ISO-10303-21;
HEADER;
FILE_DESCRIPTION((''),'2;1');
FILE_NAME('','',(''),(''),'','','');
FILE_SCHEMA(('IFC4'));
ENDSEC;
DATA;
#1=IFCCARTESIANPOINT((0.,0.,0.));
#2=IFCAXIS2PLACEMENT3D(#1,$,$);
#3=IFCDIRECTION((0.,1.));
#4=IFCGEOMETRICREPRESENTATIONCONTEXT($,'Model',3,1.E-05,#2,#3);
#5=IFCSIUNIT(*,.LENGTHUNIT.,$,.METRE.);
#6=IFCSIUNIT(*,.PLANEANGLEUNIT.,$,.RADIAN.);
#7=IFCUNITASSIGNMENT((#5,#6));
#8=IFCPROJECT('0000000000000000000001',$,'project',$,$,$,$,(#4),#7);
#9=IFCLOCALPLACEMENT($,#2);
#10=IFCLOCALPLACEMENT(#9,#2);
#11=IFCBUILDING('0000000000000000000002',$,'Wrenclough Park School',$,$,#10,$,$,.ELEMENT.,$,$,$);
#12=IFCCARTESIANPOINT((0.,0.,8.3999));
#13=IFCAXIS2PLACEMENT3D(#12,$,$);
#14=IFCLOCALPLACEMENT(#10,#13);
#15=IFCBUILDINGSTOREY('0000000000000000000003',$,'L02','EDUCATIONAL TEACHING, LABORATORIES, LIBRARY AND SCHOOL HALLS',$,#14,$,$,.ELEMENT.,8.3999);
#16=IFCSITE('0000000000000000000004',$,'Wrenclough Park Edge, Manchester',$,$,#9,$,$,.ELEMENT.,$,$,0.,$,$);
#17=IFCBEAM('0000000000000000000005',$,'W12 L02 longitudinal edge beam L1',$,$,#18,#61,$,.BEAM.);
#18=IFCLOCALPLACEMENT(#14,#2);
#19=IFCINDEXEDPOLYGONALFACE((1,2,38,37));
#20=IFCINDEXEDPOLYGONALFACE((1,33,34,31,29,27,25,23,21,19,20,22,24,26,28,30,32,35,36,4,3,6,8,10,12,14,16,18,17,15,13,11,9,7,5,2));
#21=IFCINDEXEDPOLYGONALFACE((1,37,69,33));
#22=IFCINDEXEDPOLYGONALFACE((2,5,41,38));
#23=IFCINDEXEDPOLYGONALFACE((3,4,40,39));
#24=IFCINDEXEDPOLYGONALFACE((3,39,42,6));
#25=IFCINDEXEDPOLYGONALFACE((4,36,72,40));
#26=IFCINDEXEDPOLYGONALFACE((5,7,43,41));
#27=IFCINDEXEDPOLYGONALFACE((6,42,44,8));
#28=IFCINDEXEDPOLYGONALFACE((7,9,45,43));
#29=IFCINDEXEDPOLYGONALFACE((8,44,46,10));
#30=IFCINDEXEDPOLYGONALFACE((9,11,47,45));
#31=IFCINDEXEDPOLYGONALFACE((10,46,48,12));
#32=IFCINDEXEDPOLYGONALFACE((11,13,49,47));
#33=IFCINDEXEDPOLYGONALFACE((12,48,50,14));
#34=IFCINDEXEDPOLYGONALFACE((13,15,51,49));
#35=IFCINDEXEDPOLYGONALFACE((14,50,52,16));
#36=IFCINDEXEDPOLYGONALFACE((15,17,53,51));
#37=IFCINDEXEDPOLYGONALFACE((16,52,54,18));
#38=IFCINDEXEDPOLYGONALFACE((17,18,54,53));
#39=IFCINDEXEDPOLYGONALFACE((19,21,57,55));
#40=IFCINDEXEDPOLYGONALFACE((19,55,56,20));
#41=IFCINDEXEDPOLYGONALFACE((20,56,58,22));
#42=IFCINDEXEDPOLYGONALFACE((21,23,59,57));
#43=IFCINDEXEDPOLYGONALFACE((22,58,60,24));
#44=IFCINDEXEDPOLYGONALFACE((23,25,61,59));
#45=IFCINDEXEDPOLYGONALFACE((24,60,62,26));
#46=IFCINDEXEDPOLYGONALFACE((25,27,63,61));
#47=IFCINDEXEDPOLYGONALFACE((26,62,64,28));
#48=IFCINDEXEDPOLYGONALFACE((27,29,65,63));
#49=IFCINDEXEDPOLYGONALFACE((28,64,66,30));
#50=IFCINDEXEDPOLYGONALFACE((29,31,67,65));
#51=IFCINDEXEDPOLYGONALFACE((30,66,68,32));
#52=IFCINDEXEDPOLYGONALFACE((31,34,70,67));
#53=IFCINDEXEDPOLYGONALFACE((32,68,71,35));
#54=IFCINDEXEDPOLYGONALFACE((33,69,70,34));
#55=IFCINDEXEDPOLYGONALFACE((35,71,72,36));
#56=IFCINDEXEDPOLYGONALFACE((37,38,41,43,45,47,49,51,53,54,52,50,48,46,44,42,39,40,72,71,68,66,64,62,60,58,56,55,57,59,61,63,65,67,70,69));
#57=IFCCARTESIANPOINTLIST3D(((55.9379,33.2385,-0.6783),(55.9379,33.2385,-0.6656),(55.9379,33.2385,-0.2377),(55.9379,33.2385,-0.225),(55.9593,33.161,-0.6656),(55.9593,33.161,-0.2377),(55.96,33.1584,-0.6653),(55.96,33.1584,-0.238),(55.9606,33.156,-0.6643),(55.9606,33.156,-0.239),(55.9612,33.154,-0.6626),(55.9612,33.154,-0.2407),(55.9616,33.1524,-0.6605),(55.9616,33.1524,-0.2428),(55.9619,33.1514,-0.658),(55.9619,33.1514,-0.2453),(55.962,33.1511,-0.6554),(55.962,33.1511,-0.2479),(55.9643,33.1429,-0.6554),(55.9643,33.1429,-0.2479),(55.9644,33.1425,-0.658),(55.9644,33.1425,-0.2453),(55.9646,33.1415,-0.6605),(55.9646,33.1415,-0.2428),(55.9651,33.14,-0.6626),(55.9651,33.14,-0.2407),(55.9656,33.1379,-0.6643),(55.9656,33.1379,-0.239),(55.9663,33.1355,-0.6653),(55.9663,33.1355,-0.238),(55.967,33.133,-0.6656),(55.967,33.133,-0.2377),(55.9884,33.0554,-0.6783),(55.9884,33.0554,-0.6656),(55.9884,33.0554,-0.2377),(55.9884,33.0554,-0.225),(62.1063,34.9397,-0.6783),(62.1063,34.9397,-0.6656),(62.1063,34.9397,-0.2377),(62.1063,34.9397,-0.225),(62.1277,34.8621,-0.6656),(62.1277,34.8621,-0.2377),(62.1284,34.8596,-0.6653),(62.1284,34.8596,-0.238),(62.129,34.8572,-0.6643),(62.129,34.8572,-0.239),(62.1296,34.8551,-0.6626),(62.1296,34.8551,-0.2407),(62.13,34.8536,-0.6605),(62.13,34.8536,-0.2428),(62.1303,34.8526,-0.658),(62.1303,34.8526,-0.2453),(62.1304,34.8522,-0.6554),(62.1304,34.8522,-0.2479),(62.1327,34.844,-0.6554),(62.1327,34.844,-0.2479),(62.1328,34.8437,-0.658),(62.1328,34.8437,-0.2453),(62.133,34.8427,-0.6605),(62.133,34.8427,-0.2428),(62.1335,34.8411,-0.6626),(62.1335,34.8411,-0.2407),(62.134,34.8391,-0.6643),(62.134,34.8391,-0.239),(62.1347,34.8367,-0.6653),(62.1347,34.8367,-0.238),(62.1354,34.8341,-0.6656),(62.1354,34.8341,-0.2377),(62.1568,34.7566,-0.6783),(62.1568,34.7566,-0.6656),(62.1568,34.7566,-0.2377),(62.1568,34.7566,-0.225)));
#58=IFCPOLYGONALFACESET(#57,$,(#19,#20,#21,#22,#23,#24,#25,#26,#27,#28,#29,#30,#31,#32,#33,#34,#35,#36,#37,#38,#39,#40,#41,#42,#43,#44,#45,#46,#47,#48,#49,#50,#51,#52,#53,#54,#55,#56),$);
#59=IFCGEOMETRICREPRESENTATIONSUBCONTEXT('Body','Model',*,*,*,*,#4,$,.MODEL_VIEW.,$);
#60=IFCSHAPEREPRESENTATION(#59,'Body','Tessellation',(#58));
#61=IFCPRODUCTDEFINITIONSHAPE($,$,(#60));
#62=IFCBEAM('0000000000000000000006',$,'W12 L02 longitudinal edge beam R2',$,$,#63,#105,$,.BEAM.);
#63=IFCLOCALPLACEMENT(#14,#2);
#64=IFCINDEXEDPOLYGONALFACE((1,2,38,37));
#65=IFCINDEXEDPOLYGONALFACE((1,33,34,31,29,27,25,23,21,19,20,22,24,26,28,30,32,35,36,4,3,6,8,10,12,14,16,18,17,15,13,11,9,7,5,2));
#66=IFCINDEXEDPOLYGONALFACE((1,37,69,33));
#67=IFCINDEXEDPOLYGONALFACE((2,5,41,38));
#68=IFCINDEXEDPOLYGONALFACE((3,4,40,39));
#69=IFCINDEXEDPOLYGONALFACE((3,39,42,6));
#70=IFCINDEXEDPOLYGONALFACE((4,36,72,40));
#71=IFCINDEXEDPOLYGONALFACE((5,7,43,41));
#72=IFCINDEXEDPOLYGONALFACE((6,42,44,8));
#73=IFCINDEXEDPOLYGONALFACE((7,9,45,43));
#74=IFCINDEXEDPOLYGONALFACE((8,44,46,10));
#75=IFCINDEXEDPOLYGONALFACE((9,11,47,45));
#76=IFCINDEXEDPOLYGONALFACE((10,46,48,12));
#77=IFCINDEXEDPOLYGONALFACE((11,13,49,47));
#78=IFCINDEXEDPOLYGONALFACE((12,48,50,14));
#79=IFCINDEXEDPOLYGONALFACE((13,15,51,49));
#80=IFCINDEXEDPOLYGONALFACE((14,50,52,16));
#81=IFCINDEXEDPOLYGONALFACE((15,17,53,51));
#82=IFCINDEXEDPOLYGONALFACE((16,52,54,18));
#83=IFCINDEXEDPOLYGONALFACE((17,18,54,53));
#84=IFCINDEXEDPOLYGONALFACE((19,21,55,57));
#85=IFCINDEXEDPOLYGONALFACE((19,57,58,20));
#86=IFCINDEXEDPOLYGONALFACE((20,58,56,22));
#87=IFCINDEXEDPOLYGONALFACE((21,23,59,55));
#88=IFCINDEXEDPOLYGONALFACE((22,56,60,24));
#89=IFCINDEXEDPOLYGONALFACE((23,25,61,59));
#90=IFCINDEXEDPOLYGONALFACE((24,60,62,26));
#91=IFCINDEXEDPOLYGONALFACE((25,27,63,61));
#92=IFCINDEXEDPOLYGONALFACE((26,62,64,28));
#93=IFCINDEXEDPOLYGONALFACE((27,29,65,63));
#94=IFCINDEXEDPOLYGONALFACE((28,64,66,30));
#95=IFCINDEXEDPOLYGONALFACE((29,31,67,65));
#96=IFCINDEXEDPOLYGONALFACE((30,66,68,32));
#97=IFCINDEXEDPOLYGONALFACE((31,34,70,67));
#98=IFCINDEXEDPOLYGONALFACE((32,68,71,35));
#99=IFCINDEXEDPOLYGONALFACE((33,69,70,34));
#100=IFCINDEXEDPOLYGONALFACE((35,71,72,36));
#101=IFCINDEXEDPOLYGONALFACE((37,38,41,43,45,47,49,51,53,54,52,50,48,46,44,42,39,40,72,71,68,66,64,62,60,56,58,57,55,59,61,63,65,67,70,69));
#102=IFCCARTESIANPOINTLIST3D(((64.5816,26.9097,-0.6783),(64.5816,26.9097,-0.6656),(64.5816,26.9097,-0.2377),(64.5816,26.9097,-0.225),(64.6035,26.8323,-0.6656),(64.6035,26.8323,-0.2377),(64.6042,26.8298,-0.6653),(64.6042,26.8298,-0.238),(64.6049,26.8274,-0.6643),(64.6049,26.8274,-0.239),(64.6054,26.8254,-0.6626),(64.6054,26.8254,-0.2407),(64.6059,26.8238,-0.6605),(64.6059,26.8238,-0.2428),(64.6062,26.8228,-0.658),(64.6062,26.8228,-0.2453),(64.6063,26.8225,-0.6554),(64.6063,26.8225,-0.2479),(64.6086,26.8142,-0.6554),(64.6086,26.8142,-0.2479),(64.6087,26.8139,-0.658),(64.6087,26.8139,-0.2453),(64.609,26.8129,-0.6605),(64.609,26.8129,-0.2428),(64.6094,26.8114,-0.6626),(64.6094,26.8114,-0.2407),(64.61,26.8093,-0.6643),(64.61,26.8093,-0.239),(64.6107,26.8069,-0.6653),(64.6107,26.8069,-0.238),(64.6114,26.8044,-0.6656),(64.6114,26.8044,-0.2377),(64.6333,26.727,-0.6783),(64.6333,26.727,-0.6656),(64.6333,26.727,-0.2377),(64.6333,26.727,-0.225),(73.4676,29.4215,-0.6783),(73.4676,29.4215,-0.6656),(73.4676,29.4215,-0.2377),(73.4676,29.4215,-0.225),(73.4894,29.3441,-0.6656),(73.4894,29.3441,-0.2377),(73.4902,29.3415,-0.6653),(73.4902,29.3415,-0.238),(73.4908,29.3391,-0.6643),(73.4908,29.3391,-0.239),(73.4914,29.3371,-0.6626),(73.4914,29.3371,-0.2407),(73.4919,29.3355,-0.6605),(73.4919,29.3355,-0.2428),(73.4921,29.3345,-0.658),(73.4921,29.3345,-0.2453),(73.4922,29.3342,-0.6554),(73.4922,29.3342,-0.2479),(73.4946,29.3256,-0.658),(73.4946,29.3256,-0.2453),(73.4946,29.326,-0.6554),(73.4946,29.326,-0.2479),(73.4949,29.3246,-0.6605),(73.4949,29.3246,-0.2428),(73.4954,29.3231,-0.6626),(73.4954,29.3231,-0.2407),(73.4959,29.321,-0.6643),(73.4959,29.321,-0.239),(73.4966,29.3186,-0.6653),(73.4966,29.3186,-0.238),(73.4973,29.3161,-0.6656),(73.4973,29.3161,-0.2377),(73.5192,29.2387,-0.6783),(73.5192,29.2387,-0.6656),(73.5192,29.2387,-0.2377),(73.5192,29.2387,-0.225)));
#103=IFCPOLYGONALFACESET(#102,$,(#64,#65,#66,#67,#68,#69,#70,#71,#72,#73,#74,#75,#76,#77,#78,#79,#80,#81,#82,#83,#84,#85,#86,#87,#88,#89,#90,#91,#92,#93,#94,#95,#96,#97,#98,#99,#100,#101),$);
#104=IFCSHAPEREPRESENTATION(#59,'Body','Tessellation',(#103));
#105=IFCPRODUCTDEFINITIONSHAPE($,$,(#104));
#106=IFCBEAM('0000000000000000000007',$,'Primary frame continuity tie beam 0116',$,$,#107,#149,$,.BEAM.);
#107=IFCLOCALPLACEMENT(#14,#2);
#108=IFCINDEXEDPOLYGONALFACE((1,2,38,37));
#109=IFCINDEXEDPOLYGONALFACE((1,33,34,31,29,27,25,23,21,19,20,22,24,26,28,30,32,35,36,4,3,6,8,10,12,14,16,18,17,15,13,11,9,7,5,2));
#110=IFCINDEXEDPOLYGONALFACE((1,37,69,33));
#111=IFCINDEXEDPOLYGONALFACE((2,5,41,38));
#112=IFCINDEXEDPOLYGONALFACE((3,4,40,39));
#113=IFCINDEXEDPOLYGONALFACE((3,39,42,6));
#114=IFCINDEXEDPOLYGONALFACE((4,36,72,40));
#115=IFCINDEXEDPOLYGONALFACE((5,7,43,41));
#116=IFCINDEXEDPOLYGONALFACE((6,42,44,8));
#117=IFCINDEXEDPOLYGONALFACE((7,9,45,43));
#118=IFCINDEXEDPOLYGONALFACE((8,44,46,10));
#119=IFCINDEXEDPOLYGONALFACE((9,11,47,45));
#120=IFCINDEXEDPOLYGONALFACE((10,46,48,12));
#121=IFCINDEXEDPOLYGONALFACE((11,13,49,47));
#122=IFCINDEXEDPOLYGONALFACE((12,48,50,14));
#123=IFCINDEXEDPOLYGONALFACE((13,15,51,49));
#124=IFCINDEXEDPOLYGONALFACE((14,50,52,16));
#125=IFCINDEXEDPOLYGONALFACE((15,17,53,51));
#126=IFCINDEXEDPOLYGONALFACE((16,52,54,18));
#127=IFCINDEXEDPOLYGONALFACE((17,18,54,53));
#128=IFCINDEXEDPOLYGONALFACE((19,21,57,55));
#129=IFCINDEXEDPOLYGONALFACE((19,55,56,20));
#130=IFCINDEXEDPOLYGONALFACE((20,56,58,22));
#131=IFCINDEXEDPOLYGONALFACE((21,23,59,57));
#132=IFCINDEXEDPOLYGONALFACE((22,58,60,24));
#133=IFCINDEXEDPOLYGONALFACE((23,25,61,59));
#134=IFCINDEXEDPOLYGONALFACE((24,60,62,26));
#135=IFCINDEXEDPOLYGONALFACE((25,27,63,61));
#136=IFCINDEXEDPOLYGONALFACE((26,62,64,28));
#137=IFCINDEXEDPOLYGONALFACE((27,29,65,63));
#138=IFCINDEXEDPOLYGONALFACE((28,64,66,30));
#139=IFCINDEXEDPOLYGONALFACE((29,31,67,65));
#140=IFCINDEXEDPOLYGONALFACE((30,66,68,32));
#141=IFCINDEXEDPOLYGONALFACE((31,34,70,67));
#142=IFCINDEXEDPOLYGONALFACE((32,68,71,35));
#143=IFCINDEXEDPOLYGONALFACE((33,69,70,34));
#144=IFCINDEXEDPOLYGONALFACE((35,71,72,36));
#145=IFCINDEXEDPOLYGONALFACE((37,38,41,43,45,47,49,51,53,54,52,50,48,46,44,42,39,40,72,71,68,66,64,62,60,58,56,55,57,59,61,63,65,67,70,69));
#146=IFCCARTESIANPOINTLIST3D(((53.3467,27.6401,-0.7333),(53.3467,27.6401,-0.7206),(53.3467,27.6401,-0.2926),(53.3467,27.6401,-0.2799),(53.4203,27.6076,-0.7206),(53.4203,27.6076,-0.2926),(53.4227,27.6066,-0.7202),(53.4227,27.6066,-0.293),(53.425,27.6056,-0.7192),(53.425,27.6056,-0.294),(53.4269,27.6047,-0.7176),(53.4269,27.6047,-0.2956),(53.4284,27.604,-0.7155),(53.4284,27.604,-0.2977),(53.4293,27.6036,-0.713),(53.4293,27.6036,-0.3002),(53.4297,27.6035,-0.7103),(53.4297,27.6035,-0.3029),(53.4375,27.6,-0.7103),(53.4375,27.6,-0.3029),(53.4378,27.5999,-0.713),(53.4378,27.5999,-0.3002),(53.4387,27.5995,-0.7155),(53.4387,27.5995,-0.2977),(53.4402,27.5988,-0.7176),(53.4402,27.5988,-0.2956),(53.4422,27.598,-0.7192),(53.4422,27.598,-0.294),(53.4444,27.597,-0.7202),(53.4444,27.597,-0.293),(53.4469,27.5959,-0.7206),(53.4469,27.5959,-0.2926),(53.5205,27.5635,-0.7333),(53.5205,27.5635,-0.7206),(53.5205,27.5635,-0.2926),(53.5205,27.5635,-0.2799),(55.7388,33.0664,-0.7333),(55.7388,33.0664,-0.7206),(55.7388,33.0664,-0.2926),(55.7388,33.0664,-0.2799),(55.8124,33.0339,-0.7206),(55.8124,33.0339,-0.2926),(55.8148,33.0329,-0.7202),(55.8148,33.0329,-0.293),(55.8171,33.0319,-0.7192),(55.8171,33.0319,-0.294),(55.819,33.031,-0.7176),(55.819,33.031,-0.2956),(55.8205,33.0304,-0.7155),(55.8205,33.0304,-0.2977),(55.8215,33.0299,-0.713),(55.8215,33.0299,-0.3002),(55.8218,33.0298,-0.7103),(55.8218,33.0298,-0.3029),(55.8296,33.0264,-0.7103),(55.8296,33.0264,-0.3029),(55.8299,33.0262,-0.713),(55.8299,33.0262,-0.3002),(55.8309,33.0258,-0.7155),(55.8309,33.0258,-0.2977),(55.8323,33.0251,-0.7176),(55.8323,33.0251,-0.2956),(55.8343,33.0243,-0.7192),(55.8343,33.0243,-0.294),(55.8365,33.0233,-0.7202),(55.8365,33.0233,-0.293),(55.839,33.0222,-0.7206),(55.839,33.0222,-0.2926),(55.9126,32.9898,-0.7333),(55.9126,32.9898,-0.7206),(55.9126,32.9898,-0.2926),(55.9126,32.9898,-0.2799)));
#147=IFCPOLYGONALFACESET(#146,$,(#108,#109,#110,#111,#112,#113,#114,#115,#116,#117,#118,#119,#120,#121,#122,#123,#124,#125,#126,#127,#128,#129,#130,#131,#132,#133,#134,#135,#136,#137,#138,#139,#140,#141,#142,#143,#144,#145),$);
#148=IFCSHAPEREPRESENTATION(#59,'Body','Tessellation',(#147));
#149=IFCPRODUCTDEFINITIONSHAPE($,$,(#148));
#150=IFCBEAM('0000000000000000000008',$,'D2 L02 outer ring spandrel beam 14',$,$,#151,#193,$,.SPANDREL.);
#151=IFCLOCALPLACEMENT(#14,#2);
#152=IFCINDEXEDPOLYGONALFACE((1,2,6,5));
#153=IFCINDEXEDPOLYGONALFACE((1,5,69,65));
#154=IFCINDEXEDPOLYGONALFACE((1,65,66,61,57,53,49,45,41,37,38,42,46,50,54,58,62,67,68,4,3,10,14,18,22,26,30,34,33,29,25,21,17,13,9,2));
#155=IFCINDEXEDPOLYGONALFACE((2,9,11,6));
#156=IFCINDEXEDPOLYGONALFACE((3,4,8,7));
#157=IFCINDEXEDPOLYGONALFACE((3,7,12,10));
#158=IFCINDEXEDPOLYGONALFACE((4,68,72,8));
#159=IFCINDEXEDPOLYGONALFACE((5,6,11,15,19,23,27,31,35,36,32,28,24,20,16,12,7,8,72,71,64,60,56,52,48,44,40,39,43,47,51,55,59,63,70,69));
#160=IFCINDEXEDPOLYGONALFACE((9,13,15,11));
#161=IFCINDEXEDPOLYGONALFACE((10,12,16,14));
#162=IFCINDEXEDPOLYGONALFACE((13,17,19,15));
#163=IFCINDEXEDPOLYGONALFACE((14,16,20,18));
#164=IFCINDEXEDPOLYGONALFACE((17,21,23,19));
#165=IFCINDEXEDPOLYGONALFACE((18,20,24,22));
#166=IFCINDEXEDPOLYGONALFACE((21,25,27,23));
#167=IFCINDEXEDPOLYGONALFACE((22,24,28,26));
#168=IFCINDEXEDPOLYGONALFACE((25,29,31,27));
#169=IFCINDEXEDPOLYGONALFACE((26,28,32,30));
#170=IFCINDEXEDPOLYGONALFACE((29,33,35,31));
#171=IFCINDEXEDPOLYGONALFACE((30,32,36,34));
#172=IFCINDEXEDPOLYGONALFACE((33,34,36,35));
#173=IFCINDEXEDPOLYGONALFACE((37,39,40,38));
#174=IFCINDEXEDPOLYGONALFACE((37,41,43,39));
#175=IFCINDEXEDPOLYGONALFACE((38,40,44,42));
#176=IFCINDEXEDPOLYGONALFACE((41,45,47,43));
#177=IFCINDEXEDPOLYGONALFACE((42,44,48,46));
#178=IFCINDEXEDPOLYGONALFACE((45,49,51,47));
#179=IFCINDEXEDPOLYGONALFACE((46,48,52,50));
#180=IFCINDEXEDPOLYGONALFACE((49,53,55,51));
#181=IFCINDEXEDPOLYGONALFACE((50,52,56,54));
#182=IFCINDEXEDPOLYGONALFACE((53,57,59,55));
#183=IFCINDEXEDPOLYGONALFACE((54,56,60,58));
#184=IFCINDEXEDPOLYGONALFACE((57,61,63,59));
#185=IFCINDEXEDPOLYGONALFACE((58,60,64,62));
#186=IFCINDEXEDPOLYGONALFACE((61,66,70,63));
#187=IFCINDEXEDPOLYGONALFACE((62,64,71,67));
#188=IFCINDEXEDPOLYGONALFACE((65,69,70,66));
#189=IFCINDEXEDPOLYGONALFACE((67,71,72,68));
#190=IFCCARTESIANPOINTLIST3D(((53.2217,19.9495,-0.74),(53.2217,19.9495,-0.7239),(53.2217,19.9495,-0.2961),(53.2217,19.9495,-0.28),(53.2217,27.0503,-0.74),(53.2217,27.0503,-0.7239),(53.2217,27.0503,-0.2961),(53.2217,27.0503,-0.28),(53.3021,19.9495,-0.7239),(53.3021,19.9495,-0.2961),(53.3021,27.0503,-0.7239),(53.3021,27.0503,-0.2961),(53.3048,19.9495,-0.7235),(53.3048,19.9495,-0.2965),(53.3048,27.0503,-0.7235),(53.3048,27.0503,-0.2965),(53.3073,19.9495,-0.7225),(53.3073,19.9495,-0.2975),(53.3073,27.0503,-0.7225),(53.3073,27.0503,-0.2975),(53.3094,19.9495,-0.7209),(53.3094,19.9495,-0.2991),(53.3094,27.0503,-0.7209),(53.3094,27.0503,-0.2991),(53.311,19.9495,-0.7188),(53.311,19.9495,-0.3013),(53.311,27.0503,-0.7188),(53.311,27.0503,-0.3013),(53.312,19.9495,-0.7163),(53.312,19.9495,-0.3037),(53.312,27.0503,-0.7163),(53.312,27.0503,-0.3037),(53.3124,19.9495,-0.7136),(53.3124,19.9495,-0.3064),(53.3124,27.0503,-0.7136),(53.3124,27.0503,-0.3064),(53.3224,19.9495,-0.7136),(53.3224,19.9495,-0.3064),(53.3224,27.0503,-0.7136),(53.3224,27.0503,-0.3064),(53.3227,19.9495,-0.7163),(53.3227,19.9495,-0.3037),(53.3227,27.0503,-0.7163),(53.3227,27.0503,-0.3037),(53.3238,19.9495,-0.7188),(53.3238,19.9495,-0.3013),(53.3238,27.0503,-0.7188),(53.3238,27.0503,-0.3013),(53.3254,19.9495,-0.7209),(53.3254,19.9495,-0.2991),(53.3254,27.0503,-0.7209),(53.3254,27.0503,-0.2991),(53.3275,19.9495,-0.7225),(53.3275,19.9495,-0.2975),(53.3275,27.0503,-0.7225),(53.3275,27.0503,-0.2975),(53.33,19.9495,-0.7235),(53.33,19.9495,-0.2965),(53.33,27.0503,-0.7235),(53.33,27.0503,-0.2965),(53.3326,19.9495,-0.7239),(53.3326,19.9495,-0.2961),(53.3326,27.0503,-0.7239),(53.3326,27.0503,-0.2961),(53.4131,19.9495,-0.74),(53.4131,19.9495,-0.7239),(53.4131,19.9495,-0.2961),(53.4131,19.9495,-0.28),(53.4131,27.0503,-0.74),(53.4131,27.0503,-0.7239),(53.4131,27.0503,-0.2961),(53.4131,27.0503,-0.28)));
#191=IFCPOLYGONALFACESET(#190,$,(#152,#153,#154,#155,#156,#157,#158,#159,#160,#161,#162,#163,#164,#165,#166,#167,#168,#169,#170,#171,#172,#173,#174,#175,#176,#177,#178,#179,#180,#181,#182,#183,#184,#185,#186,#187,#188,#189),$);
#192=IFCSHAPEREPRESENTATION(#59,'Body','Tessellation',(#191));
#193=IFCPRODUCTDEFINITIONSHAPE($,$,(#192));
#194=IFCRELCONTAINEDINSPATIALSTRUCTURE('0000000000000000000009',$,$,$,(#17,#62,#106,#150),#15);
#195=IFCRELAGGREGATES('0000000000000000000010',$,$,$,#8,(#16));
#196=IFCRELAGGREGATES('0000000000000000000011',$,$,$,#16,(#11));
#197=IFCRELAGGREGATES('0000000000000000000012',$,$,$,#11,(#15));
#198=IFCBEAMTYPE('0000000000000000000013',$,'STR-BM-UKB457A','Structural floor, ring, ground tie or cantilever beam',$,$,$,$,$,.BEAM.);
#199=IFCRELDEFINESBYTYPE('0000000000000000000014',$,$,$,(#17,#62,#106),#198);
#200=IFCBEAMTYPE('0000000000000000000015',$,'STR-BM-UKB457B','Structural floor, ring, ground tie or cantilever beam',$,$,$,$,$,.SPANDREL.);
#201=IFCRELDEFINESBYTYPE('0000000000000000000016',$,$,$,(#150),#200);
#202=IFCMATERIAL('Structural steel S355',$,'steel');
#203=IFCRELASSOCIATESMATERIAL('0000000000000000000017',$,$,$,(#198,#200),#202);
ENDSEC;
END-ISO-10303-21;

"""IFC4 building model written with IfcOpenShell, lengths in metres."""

from ifc_helpers import new_model, si_unit, direction, frame, origin, origin_2d, place, context, subcontext, project, spatial, i_section, extrude, material, material_profile, profile_set, type_object, element, save


model = new_model("IFC4")

# Units and contexts
model_context = context("Model", 3, precision=1e-05, world=origin(), true_north=direction((0.0, 1.0)))
body_context = subcontext(model_context, "Body", "Model", "MODEL_VIEW")
ifc_project = project(units=[si_unit("LENGTHUNIT", "METRE"), si_unit("PLANEANGLEUNIT", "RADIAN")], contexts=[model_context])

# Site, building, storey
site_placement = place(None, origin())
site = spatial("IfcSite", under=ifc_project, at=site_placement, Name="Wrenclough Park Edge, Manchester", CompositionType="ELEMENT", RefElevation=0.0)
building_placement = place(site_placement, origin())
building = spatial("IfcBuilding", under=site, at=building_placement, Name="Wrenclough Park School", CompositionType="ELEMENT")
storey_placement = place(building_placement, frame((0.0, 0.0, 8.3999)))
storey = spatial("IfcBuildingStorey", under=building, at=storey_placement, Name="L02", Description="EDUCATIONAL TEACHING, LABORATORIES, LIBRARY AND SCHOOL HALLS", CompositionType="ELEMENT", Elevation=8.3999)

# Beams
ifc_material_1 = material(Name="Structural steel S355", Category="steel")
ifc_material_profile_1 = material_profile(ifc_material_1, i_section(OverallWidth=0.1899, OverallDepth=0.4534, WebThickness=0.0085, FlangeThickness=0.0127, FilletRadius=0.0103, at=origin_2d()), Name="UKB 457x191x67")
ifc_profile_set_1 = profile_set([ifc_material_profile_1], Name="Structural steel S355")
beam_type_1 = type_object("IfcBeamType", Name="STR-BM-UKB457A", Description="Structural floor, ring, ground tie or cantilever beam", PredefinedType="BEAM", material=ifc_profile_set_1)
beam_1_placement = place(storey_placement, frame((55.9631, 33.147, -0.4517), z_axis=(0.964012, 0.265861, 0.0), x_axis=(-0.265861, 0.964012, 0.0)))
element("IfcBeam", 1, at=beam_1_placement, inside=storey, type_object=beam_type_1, Name="W12 L02 longitudinal edge beam L1", PredefinedType="BEAM", context=body_context, shape_type="SweptSolid", body=[
    extrude(i_section(OverallWidth=0.1899, OverallDepth=0.4534, WebThickness=0.0085, FlangeThickness=0.0127, FilletRadius=0.0103, at=origin_2d()), origin(), (0.0, 0.0, 1.0), 6.3987),
])
beam_2_placement = place(storey_placement, frame((64.6074, 26.8184, -0.4517), z_axis=(0.962296, 0.272003, 0.0), x_axis=(-0.272003, 0.962296, 0.0)))
element("IfcBeam", 2, at=beam_2_placement, inside=storey, type_object=beam_type_1, Name="W12 L02 longitudinal edge beam R2", PredefinedType="BEAM", context=body_context, shape_type="SweptSolid", body=[
    extrude(i_section(OverallWidth=0.1899, OverallDepth=0.4534, WebThickness=0.0085, FlangeThickness=0.0127, FilletRadius=0.0103, at=origin_2d()), origin(), (0.0, 0.0, 1.0), 9.2341),
])
beam_3_placement = place(storey_placement, frame((55.8257, 33.0281, -0.5066), z_axis=(-0.403379, -0.915033, 0.0), x_axis=(0.915033, -0.403379, 0.0)))
element("IfcBeam", 3, at=beam_3_placement, inside=storey, type_object=beam_type_1, Name="Primary frame continuity tie beam 0116", PredefinedType="BEAM", context=body_context, shape_type="SweptSolid", body=[
    extrude(i_section(OverallWidth=0.1899, OverallDepth=0.4534, WebThickness=0.0085, FlangeThickness=0.0127, FilletRadius=0.0103, at=origin_2d()), origin(), (0.0, 0.0, 1.0), 5.9302),
])
ifc_material_profile_2 = material_profile(ifc_material_1, i_section(OverallWidth=0.1914, OverallDepth=0.46, WebThickness=0.01, FlangeThickness=0.0161, FilletRadius=0.0103, at=origin_2d()), Name="UKB 457x191x82")
ifc_profile_set_2 = profile_set([ifc_material_profile_2], Name="Structural steel S355")
beam_type_2 = type_object("IfcBeamType", Name="STR-BM-UKB457B", Description="Structural floor, ring, ground tie or cantilever beam", PredefinedType="SPANDREL", material=ifc_profile_set_2)
beam_4_placement = place(storey_placement, frame((53.3174, 19.9495, -0.51), z_axis=(0.0, 1.0, 0.0), x_axis=(-1.0, 0.0, 0.0)))
element("IfcBeam", 4, at=beam_4_placement, inside=storey, type_object=beam_type_2, Name="D2 L02 outer ring spandrel beam 14", PredefinedType="SPANDREL", context=body_context, shape_type="SweptSolid", body=[
    extrude(i_section(OverallWidth=0.1914, OverallDepth=0.46, WebThickness=0.01, FlangeThickness=0.0161, FilletRadius=0.0103, at=origin_2d()), origin(), (0.0, 0.0, 1.0), 7.1008),
])

save(model, "model.ifc")
